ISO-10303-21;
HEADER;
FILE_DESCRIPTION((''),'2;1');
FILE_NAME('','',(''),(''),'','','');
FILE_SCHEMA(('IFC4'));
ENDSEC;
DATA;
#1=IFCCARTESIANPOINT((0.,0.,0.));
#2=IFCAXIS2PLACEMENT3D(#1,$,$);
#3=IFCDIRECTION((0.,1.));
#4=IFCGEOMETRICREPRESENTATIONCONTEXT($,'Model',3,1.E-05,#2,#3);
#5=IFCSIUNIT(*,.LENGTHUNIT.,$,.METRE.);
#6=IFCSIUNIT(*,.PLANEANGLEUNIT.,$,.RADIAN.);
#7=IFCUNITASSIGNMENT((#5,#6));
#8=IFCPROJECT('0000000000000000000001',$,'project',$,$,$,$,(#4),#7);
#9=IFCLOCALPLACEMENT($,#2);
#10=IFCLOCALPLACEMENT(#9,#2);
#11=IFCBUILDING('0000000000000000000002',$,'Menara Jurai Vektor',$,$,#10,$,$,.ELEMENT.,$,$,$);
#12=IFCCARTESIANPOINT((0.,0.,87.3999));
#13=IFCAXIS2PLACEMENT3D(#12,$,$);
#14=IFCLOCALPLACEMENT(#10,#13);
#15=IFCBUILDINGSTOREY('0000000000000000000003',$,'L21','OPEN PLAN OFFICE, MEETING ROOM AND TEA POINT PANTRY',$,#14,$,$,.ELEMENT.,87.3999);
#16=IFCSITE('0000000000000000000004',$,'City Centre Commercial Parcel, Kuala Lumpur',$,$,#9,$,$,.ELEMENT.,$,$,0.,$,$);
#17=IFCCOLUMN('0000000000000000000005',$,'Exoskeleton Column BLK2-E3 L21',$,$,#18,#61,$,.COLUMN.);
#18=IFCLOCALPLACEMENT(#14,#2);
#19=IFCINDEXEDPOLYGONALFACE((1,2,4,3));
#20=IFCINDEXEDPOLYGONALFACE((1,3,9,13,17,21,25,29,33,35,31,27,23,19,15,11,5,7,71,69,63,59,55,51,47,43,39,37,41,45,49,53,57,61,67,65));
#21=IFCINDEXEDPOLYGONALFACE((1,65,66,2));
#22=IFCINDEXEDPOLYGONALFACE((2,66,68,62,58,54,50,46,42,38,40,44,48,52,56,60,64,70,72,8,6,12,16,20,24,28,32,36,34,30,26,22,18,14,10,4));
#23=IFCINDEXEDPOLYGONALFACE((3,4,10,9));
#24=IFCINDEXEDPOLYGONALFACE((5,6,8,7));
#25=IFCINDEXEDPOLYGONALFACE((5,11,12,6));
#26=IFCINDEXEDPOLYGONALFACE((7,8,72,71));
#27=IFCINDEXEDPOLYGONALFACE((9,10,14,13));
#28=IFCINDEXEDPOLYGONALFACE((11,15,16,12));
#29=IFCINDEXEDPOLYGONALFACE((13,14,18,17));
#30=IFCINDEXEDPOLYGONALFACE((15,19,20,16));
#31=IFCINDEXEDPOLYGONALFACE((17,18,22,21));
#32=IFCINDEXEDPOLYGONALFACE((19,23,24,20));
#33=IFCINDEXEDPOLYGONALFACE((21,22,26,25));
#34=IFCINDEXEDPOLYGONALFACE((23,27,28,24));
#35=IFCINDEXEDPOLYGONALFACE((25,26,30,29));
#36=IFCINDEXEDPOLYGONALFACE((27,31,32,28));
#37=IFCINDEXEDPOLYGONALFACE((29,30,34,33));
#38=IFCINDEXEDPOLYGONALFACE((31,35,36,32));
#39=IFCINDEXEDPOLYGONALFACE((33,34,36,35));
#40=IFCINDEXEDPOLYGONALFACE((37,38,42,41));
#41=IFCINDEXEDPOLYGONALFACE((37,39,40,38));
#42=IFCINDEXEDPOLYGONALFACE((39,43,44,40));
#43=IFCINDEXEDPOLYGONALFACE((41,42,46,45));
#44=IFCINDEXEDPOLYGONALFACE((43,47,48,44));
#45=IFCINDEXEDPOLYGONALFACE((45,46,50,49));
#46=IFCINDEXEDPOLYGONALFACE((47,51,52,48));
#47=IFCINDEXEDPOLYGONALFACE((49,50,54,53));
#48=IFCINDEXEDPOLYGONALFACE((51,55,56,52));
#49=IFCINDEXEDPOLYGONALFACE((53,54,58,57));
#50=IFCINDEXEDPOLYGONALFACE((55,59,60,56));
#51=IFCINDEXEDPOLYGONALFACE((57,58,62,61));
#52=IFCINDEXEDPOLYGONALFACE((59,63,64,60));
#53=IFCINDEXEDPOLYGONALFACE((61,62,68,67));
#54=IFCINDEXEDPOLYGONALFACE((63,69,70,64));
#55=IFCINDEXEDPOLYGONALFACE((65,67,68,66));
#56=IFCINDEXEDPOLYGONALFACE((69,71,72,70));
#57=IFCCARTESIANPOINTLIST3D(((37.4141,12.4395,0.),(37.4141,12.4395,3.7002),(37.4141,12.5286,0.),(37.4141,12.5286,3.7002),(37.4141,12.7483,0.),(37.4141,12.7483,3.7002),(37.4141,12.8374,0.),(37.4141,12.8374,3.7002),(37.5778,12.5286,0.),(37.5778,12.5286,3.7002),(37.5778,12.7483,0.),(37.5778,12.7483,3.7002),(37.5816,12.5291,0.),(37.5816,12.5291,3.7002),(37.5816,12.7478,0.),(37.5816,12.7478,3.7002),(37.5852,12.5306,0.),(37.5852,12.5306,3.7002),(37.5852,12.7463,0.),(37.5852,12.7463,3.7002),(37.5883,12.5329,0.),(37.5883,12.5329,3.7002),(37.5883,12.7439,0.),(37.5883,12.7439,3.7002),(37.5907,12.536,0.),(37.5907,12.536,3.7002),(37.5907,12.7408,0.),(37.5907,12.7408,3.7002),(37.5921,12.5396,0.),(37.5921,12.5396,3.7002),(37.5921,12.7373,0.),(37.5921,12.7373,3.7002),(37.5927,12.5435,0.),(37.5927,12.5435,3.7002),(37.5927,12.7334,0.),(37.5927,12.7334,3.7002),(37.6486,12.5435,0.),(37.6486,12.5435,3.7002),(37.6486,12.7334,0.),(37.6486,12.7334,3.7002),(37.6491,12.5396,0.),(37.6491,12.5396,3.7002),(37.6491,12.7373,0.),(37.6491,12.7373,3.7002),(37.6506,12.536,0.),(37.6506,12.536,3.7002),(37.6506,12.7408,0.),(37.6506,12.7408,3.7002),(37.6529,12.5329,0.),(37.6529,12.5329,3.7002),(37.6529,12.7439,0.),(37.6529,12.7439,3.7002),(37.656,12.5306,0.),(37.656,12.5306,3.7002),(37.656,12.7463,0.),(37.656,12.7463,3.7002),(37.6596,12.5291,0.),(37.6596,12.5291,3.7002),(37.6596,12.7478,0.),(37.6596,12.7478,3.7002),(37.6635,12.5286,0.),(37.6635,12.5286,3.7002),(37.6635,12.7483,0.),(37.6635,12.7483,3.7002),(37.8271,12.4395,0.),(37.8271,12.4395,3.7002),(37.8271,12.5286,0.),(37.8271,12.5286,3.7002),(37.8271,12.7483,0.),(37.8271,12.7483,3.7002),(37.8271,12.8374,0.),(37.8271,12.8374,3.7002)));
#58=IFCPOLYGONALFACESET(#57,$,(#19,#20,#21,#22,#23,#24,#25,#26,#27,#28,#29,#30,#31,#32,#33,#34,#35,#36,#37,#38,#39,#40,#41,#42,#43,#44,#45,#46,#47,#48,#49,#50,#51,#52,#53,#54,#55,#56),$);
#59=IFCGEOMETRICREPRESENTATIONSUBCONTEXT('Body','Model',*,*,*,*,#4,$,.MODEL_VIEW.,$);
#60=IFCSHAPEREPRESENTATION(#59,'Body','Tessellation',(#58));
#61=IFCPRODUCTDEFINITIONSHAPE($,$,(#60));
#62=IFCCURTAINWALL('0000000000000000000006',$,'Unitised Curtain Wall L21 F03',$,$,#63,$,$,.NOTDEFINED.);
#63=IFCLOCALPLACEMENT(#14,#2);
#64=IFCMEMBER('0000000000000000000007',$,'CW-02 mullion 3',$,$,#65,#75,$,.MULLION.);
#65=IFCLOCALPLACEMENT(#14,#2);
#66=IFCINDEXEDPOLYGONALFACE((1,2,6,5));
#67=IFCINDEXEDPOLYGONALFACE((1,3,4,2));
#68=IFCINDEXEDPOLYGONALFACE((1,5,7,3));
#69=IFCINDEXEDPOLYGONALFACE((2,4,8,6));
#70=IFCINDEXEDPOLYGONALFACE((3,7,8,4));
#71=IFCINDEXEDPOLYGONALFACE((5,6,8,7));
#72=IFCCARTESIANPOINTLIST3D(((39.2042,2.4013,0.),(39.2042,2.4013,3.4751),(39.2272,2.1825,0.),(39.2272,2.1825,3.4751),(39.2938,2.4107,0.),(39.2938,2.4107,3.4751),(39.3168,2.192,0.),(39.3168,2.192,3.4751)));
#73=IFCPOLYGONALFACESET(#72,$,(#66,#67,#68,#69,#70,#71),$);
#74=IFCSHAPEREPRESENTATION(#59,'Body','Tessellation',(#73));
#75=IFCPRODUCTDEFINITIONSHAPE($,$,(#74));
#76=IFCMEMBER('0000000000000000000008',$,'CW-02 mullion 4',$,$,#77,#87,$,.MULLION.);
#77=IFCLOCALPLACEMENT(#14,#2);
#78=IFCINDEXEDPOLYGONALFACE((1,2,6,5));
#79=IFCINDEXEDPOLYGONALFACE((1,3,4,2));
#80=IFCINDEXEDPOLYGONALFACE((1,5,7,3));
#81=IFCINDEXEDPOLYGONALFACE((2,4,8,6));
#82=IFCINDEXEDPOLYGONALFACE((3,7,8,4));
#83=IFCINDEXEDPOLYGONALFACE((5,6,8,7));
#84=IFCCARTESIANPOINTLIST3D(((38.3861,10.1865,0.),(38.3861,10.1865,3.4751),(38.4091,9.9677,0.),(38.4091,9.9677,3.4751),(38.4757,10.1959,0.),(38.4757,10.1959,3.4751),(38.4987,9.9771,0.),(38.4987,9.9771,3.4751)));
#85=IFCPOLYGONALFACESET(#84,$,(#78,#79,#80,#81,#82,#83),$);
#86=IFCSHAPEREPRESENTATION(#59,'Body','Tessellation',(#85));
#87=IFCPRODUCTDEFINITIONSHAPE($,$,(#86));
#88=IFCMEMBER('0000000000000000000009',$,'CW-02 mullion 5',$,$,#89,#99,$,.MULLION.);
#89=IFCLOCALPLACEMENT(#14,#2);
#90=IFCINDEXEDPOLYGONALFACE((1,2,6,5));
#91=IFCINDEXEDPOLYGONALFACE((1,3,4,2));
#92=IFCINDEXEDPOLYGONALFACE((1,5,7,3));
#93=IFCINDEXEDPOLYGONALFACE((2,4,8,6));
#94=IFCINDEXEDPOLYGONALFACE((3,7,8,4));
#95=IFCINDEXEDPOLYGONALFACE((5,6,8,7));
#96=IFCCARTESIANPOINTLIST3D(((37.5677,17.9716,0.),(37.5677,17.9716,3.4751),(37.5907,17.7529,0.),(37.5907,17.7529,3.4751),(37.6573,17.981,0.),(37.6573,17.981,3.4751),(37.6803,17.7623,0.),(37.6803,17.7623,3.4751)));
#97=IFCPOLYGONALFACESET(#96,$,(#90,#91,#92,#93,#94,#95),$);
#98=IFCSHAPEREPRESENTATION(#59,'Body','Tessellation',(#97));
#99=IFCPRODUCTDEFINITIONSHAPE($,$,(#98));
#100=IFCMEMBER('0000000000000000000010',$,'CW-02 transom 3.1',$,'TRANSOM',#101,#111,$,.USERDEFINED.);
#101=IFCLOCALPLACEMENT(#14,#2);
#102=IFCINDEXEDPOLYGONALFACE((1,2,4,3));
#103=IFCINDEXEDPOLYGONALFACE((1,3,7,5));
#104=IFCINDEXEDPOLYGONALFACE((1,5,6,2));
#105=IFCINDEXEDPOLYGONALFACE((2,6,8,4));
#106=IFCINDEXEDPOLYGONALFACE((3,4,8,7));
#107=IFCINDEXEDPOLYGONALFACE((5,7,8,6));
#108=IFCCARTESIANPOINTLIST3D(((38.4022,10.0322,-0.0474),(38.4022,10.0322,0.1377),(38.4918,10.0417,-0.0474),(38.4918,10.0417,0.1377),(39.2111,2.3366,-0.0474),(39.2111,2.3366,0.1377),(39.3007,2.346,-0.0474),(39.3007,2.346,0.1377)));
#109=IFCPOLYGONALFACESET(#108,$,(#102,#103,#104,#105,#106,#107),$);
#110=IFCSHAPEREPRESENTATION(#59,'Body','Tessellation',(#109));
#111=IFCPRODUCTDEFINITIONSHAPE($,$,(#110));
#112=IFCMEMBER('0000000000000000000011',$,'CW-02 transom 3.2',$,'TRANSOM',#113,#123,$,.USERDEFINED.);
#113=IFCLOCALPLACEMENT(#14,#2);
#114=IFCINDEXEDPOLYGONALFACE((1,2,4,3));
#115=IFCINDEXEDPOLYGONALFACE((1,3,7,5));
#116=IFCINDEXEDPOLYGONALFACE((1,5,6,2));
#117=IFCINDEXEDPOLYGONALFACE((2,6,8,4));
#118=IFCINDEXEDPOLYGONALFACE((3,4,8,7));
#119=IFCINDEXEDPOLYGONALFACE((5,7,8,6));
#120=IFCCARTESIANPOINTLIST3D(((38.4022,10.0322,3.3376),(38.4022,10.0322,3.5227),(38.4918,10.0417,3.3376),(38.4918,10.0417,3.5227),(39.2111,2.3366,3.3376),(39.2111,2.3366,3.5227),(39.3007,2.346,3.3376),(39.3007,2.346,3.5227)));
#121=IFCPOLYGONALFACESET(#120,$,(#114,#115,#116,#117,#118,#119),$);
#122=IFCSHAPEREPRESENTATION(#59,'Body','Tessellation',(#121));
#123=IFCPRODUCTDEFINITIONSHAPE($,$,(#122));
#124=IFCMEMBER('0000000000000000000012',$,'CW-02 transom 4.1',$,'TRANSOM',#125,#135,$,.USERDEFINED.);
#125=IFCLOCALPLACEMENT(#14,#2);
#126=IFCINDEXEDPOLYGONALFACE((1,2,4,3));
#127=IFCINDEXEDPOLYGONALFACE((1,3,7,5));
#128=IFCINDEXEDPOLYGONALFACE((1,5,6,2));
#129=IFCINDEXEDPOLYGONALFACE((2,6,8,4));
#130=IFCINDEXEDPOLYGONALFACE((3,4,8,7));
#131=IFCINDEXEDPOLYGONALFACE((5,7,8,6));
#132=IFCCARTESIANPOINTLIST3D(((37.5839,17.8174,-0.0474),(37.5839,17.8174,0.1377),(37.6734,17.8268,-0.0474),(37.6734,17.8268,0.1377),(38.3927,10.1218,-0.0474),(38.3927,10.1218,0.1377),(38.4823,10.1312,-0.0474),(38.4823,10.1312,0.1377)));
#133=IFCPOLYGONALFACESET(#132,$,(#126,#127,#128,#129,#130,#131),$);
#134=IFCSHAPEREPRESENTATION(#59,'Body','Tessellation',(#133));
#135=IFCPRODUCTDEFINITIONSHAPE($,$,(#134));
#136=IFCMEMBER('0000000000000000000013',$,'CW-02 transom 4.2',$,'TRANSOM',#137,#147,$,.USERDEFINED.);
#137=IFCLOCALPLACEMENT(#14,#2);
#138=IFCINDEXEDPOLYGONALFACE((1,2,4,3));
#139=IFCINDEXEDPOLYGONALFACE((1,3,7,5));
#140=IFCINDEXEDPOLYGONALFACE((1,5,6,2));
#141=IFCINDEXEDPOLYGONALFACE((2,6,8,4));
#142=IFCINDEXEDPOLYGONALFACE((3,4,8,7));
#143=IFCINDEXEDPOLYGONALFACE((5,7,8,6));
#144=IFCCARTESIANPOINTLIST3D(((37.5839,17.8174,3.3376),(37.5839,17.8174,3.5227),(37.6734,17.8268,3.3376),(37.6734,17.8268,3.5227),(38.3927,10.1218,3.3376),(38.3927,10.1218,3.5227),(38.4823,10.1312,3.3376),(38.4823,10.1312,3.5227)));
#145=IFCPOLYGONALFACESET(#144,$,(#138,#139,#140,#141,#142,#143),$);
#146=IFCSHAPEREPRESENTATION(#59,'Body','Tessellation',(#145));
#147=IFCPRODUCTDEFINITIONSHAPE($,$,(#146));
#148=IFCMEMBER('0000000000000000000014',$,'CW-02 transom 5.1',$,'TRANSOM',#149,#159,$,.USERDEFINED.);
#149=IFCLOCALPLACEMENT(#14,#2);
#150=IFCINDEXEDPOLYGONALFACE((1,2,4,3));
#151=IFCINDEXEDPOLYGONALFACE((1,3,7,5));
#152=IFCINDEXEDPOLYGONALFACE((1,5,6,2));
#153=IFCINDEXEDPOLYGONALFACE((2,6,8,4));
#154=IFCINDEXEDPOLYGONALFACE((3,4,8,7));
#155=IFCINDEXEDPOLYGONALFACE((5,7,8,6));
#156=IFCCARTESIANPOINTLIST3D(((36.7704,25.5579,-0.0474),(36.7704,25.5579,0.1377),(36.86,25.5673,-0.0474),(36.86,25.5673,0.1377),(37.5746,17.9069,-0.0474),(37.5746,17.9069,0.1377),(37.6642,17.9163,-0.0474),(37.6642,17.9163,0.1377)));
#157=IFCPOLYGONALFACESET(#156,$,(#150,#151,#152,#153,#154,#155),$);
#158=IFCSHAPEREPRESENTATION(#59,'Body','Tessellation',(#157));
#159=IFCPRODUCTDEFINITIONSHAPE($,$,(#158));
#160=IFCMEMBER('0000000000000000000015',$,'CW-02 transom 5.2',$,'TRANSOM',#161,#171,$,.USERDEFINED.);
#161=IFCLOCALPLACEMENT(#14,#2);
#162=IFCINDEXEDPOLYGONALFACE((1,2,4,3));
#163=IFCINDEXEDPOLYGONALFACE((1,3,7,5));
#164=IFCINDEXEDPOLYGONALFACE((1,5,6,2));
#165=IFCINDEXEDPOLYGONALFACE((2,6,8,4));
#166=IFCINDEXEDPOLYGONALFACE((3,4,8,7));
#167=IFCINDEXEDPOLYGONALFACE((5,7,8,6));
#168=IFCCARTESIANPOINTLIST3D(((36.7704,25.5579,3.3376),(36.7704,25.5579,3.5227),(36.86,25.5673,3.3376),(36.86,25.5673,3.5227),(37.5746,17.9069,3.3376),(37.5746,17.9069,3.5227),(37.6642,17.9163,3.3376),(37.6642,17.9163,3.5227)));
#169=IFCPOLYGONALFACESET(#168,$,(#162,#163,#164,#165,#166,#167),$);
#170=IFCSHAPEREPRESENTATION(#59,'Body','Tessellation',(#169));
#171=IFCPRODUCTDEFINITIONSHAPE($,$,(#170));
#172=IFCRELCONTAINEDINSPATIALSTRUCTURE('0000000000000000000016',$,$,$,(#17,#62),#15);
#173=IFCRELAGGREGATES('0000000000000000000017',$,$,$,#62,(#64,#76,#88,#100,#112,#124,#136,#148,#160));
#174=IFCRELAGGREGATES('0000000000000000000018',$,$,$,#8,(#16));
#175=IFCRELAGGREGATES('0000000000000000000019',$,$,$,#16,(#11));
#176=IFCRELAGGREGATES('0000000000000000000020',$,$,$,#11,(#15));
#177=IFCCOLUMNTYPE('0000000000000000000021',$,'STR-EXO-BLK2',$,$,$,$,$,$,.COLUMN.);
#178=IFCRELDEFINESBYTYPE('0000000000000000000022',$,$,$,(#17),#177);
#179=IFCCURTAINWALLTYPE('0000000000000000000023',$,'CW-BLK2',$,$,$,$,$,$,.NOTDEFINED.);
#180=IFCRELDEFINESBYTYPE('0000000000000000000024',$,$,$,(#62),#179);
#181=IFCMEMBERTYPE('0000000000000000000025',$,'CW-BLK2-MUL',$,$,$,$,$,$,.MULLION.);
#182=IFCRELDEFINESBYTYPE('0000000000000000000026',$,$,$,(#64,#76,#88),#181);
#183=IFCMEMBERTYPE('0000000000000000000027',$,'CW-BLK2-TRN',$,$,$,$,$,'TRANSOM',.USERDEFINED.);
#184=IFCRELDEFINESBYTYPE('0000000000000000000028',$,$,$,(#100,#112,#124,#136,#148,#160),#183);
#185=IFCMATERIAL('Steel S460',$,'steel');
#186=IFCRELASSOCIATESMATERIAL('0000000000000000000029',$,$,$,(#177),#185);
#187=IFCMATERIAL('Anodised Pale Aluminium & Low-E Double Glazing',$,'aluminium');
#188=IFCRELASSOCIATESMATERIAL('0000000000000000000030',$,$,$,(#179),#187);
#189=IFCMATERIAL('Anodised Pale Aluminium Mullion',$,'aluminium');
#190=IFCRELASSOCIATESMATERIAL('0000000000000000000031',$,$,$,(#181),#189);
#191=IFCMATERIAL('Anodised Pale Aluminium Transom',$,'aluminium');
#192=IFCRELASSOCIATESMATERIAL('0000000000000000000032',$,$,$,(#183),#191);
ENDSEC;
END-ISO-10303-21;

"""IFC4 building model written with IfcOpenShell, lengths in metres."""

from ifc_helpers import new_model, si_unit, direction, frame, origin, origin_2d, place, context, subcontext, project, spatial, rectangle, i_section, extrude, material, material_profile, profile_set, type_object, element, aggregate, save


model = new_model("IFC4")

# Units and contexts
model_context = context("Model", 3, precision=1e-05, world=origin(), true_north=direction((0.0, 1.0)))
body_context = subcontext(model_context, "Body", "Model", "MODEL_VIEW")
ifc_project = project(units=[si_unit("LENGTHUNIT", "METRE"), si_unit("PLANEANGLEUNIT", "RADIAN")], contexts=[model_context])

# Site, building, storey
site_placement = place(None, origin())
site = spatial("IfcSite", under=ifc_project, at=site_placement, Name="City Centre Commercial Parcel, Kuala Lumpur", CompositionType="ELEMENT", RefElevation=0.0)
building_placement = place(site_placement, origin())
building = spatial("IfcBuilding", under=site, at=building_placement, Name="Menara Jurai Vektor", CompositionType="ELEMENT")
storey_placement = place(building_placement, frame((0.0, 0.0, 87.3999)))
storey = spatial("IfcBuildingStorey", under=building, at=storey_placement, Name="L21", Description="OPEN PLAN OFFICE, MEETING ROOM AND TEA POINT PANTRY", CompositionType="ELEMENT", Elevation=87.3999)

# Column
ifc_material_1 = material(Name="Steel S460", Category="steel")
ifc_material_profile_1 = material_profile(ifc_material_1, i_section(OverallWidth=0.4131, OverallDepth=0.3979, WebThickness=0.0559, FlangeThickness=0.0891, FilletRadius=0.0149, at=origin_2d()), Name="HD 400x744")
ifc_profile_set_1 = profile_set([ifc_material_profile_1], Name="Steel S460")
column_type = type_object("IfcColumnType", Name="STR-EXO-BLK2", PredefinedType="COLUMN", material=ifc_profile_set_1)
column_placement = place(storey_placement, frame((37.6206, 12.6384, 0.0), z_axis=(0.0, 0.0, 1.0), x_axis=(1.0, 0.0, 0.0)))
element("IfcColumn", 1, at=column_placement, inside=storey, type_object=column_type, Name="Exoskeleton Column BLK2-E3 L21", PredefinedType="COLUMN", context=body_context, shape_type="SweptSolid", body=[
    extrude(i_section(OverallWidth=0.4131, OverallDepth=0.3979, WebThickness=0.0559, FlangeThickness=0.0891, FilletRadius=0.0149, at=origin_2d()), origin(), (0.0, 0.0, 1.0), 3.7002),
])

# Curtain wall, members
ifc_material_2 = material(Name="Anodised Pale Aluminium & Low-E Double Glazing", Category="aluminium")
curtain_wall_type = type_object("IfcCurtainWallType", Name="CW-BLK2", PredefinedType="NOTDEFINED", material=ifc_material_2)
curtain_wall_placement = place(storey_placement, origin())
curtain_wall = element("IfcCurtainWall", 2, at=curtain_wall_placement, inside=storey, type_object=curtain_wall_type, Name="Unitised Curtain Wall L21 F03", PredefinedType="NOTDEFINED")
ifc_material_3 = material(Name="Anodised Pale Aluminium Mullion", Category="aluminium")
ifc_material_profile_2 = material_profile(ifc_material_3, rectangle(XDim=0.0901, YDim=0.22, at=origin_2d()), Name="ALU MUL 90x220")
ifc_profile_set_2 = profile_set([ifc_material_profile_2], Name="Anodised Pale Aluminium Mullion")
member_type_1 = type_object("IfcMemberType", Name="CW-BLK2-MUL", PredefinedType="MULLION", material=ifc_profile_set_2)
member_1_placement = place(storey_placement, frame((39.2605, 2.2966, 0.0), z_axis=(0.0, 0.0, 1.0), x_axis=(-0.994522, -0.10453, 0.0)))
member_1 = element("IfcMember", 3, at=member_1_placement, type_object=member_type_1, Name="CW-02 mullion 3", PredefinedType="MULLION", context=body_context, shape_type="SweptSolid", body=[
    extrude(rectangle(XDim=0.0901, YDim=0.22, at=origin_2d()), origin(), (0.0, 0.0, 1.0), 3.4751),
])
member_2_placement = place(storey_placement, frame((38.4424, 10.0818, 0.0), z_axis=(0.0, 0.0, 1.0), x_axis=(-0.994522, -0.10453, 0.0)))
member_2 = element("IfcMember", 4, at=member_2_placement, type_object=member_type_1, Name="CW-02 mullion 4", PredefinedType="MULLION", context=body_context, shape_type="SweptSolid", body=[
    extrude(rectangle(XDim=0.0901, YDim=0.22, at=origin_2d()), origin(), (0.0, 0.0, 1.0), 3.4751),
])
member_3_placement = place(storey_placement, frame((37.624, 17.8669, 0.0), z_axis=(0.0, 0.0, 1.0), x_axis=(-0.994522, -0.10453, 0.0)))
member_3 = element("IfcMember", 5, at=member_3_placement, type_object=member_type_1, Name="CW-02 mullion 5", PredefinedType="MULLION", context=body_context, shape_type="SweptSolid", body=[
    extrude(rectangle(XDim=0.0901, YDim=0.22, at=origin_2d()), origin(), (0.0, 0.0, 1.0), 3.4751),
])
ifc_material_4 = material(Name="Anodised Pale Aluminium Transom", Category="aluminium")
ifc_material_profile_3 = material_profile(ifc_material_4, rectangle(XDim=0.0901, YDim=0.1851, at=origin_2d()), Name="ALU TRN 90x185")
ifc_profile_set_3 = profile_set([ifc_material_profile_3], Name="Anodised Pale Aluminium Transom")
member_type_2 = type_object("IfcMemberType", Name="CW-BLK2-TRN", ElementType="TRANSOM", PredefinedType="USERDEFINED", material=ifc_profile_set_3)
member_4_placement = place(storey_placement, frame((39.2559, 2.3413, 0.0452), z_axis=(-0.104529, 0.994522, 0.0), x_axis=(-0.994522, -0.104529, 0.0)))
member_4 = element("IfcMember", 6, at=member_4_placement, type_object=member_type_2, Name="CW-02 transom 3.1", ObjectType="TRANSOM", PredefinedType="USERDEFINED", context=body_context, shape_type="SweptSolid", body=[
    extrude(rectangle(XDim=0.0901, YDim=0.1851, at=origin_2d()), origin(), (0.0, 0.0, 1.0), 7.738),
])
member_5_placement = place(storey_placement, frame((39.2559, 2.3413, 3.4302), z_axis=(-0.104529, 0.994522, 0.0), x_axis=(-0.994522, -0.104529, 0.0)))
member_5 = element("IfcMember", 7, at=member_5_placement, type_object=member_type_2, Name="CW-02 transom 3.2", ObjectType="TRANSOM", PredefinedType="USERDEFINED", context=body_context, shape_type="SweptSolid", body=[
    extrude(rectangle(XDim=0.0901, YDim=0.1851, at=origin_2d()), origin(), (0.0, 0.0, 1.0), 7.738),
])
member_6_placement = place(storey_placement, frame((38.4375, 10.1265, 0.0452), z_axis=(-0.104529, 0.994522, 0.0), x_axis=(-0.994522, -0.104529, 0.0)))
member_6 = element("IfcMember", 8, at=member_6_placement, type_object=member_type_2, Name="CW-02 transom 4.1", ObjectType="TRANSOM", PredefinedType="USERDEFINED", context=body_context, shape_type="SweptSolid", body=[
    extrude(rectangle(XDim=0.0901, YDim=0.1851, at=origin_2d()), origin(), (0.0, 0.0, 1.0), 7.738),
])
member_7_placement = place(storey_placement, frame((38.4375, 10.1265, 3.4302), z_axis=(-0.104529, 0.994522, 0.0), x_axis=(-0.994522, -0.104529, 0.0)))
member_7 = element("IfcMember", 9, at=member_7_placement, type_object=member_type_2, Name="CW-02 transom 4.2", ObjectType="TRANSOM", PredefinedType="USERDEFINED", context=body_context, shape_type="SweptSolid", body=[
    extrude(rectangle(XDim=0.0901, YDim=0.1851, at=origin_2d()), origin(), (0.0, 0.0, 1.0), 7.738),
])
member_8_placement = place(storey_placement, frame((37.6194, 17.9116, 0.0452), z_axis=(-0.104536, 0.994521, 0.0), x_axis=(-0.994521, -0.104536, 0.0)))
member_8 = element("IfcMember", 10, at=member_8_placement, type_object=member_type_2, Name="CW-02 transom 5.1", ObjectType="TRANSOM", PredefinedType="USERDEFINED", context=body_context, shape_type="SweptSolid", body=[
    extrude(rectangle(XDim=0.0901, YDim=0.1851, at=origin_2d()), origin(), (0.0, 0.0, 1.0), 7.6931),
])
member_9_placement = place(storey_placement, frame((37.6194, 17.9116, 3.4302), z_axis=(-0.104536, 0.994521, 0.0), x_axis=(-0.994521, -0.104536, 0.0)))
member_9 = element("IfcMember", 11, at=member_9_placement, type_object=member_type_2, Name="CW-02 transom 5.2", ObjectType="TRANSOM", PredefinedType="USERDEFINED", context=body_context, shape_type="SweptSolid", body=[
    extrude(rectangle(XDim=0.0901, YDim=0.1851, at=origin_2d()), origin(), (0.0, 0.0, 1.0), 7.6931),
])

aggregate(curtain_wall, [member_1, member_2, member_3, member_4, member_5, member_6, member_7, member_8, member_9])

save(model, "model.ifc")
